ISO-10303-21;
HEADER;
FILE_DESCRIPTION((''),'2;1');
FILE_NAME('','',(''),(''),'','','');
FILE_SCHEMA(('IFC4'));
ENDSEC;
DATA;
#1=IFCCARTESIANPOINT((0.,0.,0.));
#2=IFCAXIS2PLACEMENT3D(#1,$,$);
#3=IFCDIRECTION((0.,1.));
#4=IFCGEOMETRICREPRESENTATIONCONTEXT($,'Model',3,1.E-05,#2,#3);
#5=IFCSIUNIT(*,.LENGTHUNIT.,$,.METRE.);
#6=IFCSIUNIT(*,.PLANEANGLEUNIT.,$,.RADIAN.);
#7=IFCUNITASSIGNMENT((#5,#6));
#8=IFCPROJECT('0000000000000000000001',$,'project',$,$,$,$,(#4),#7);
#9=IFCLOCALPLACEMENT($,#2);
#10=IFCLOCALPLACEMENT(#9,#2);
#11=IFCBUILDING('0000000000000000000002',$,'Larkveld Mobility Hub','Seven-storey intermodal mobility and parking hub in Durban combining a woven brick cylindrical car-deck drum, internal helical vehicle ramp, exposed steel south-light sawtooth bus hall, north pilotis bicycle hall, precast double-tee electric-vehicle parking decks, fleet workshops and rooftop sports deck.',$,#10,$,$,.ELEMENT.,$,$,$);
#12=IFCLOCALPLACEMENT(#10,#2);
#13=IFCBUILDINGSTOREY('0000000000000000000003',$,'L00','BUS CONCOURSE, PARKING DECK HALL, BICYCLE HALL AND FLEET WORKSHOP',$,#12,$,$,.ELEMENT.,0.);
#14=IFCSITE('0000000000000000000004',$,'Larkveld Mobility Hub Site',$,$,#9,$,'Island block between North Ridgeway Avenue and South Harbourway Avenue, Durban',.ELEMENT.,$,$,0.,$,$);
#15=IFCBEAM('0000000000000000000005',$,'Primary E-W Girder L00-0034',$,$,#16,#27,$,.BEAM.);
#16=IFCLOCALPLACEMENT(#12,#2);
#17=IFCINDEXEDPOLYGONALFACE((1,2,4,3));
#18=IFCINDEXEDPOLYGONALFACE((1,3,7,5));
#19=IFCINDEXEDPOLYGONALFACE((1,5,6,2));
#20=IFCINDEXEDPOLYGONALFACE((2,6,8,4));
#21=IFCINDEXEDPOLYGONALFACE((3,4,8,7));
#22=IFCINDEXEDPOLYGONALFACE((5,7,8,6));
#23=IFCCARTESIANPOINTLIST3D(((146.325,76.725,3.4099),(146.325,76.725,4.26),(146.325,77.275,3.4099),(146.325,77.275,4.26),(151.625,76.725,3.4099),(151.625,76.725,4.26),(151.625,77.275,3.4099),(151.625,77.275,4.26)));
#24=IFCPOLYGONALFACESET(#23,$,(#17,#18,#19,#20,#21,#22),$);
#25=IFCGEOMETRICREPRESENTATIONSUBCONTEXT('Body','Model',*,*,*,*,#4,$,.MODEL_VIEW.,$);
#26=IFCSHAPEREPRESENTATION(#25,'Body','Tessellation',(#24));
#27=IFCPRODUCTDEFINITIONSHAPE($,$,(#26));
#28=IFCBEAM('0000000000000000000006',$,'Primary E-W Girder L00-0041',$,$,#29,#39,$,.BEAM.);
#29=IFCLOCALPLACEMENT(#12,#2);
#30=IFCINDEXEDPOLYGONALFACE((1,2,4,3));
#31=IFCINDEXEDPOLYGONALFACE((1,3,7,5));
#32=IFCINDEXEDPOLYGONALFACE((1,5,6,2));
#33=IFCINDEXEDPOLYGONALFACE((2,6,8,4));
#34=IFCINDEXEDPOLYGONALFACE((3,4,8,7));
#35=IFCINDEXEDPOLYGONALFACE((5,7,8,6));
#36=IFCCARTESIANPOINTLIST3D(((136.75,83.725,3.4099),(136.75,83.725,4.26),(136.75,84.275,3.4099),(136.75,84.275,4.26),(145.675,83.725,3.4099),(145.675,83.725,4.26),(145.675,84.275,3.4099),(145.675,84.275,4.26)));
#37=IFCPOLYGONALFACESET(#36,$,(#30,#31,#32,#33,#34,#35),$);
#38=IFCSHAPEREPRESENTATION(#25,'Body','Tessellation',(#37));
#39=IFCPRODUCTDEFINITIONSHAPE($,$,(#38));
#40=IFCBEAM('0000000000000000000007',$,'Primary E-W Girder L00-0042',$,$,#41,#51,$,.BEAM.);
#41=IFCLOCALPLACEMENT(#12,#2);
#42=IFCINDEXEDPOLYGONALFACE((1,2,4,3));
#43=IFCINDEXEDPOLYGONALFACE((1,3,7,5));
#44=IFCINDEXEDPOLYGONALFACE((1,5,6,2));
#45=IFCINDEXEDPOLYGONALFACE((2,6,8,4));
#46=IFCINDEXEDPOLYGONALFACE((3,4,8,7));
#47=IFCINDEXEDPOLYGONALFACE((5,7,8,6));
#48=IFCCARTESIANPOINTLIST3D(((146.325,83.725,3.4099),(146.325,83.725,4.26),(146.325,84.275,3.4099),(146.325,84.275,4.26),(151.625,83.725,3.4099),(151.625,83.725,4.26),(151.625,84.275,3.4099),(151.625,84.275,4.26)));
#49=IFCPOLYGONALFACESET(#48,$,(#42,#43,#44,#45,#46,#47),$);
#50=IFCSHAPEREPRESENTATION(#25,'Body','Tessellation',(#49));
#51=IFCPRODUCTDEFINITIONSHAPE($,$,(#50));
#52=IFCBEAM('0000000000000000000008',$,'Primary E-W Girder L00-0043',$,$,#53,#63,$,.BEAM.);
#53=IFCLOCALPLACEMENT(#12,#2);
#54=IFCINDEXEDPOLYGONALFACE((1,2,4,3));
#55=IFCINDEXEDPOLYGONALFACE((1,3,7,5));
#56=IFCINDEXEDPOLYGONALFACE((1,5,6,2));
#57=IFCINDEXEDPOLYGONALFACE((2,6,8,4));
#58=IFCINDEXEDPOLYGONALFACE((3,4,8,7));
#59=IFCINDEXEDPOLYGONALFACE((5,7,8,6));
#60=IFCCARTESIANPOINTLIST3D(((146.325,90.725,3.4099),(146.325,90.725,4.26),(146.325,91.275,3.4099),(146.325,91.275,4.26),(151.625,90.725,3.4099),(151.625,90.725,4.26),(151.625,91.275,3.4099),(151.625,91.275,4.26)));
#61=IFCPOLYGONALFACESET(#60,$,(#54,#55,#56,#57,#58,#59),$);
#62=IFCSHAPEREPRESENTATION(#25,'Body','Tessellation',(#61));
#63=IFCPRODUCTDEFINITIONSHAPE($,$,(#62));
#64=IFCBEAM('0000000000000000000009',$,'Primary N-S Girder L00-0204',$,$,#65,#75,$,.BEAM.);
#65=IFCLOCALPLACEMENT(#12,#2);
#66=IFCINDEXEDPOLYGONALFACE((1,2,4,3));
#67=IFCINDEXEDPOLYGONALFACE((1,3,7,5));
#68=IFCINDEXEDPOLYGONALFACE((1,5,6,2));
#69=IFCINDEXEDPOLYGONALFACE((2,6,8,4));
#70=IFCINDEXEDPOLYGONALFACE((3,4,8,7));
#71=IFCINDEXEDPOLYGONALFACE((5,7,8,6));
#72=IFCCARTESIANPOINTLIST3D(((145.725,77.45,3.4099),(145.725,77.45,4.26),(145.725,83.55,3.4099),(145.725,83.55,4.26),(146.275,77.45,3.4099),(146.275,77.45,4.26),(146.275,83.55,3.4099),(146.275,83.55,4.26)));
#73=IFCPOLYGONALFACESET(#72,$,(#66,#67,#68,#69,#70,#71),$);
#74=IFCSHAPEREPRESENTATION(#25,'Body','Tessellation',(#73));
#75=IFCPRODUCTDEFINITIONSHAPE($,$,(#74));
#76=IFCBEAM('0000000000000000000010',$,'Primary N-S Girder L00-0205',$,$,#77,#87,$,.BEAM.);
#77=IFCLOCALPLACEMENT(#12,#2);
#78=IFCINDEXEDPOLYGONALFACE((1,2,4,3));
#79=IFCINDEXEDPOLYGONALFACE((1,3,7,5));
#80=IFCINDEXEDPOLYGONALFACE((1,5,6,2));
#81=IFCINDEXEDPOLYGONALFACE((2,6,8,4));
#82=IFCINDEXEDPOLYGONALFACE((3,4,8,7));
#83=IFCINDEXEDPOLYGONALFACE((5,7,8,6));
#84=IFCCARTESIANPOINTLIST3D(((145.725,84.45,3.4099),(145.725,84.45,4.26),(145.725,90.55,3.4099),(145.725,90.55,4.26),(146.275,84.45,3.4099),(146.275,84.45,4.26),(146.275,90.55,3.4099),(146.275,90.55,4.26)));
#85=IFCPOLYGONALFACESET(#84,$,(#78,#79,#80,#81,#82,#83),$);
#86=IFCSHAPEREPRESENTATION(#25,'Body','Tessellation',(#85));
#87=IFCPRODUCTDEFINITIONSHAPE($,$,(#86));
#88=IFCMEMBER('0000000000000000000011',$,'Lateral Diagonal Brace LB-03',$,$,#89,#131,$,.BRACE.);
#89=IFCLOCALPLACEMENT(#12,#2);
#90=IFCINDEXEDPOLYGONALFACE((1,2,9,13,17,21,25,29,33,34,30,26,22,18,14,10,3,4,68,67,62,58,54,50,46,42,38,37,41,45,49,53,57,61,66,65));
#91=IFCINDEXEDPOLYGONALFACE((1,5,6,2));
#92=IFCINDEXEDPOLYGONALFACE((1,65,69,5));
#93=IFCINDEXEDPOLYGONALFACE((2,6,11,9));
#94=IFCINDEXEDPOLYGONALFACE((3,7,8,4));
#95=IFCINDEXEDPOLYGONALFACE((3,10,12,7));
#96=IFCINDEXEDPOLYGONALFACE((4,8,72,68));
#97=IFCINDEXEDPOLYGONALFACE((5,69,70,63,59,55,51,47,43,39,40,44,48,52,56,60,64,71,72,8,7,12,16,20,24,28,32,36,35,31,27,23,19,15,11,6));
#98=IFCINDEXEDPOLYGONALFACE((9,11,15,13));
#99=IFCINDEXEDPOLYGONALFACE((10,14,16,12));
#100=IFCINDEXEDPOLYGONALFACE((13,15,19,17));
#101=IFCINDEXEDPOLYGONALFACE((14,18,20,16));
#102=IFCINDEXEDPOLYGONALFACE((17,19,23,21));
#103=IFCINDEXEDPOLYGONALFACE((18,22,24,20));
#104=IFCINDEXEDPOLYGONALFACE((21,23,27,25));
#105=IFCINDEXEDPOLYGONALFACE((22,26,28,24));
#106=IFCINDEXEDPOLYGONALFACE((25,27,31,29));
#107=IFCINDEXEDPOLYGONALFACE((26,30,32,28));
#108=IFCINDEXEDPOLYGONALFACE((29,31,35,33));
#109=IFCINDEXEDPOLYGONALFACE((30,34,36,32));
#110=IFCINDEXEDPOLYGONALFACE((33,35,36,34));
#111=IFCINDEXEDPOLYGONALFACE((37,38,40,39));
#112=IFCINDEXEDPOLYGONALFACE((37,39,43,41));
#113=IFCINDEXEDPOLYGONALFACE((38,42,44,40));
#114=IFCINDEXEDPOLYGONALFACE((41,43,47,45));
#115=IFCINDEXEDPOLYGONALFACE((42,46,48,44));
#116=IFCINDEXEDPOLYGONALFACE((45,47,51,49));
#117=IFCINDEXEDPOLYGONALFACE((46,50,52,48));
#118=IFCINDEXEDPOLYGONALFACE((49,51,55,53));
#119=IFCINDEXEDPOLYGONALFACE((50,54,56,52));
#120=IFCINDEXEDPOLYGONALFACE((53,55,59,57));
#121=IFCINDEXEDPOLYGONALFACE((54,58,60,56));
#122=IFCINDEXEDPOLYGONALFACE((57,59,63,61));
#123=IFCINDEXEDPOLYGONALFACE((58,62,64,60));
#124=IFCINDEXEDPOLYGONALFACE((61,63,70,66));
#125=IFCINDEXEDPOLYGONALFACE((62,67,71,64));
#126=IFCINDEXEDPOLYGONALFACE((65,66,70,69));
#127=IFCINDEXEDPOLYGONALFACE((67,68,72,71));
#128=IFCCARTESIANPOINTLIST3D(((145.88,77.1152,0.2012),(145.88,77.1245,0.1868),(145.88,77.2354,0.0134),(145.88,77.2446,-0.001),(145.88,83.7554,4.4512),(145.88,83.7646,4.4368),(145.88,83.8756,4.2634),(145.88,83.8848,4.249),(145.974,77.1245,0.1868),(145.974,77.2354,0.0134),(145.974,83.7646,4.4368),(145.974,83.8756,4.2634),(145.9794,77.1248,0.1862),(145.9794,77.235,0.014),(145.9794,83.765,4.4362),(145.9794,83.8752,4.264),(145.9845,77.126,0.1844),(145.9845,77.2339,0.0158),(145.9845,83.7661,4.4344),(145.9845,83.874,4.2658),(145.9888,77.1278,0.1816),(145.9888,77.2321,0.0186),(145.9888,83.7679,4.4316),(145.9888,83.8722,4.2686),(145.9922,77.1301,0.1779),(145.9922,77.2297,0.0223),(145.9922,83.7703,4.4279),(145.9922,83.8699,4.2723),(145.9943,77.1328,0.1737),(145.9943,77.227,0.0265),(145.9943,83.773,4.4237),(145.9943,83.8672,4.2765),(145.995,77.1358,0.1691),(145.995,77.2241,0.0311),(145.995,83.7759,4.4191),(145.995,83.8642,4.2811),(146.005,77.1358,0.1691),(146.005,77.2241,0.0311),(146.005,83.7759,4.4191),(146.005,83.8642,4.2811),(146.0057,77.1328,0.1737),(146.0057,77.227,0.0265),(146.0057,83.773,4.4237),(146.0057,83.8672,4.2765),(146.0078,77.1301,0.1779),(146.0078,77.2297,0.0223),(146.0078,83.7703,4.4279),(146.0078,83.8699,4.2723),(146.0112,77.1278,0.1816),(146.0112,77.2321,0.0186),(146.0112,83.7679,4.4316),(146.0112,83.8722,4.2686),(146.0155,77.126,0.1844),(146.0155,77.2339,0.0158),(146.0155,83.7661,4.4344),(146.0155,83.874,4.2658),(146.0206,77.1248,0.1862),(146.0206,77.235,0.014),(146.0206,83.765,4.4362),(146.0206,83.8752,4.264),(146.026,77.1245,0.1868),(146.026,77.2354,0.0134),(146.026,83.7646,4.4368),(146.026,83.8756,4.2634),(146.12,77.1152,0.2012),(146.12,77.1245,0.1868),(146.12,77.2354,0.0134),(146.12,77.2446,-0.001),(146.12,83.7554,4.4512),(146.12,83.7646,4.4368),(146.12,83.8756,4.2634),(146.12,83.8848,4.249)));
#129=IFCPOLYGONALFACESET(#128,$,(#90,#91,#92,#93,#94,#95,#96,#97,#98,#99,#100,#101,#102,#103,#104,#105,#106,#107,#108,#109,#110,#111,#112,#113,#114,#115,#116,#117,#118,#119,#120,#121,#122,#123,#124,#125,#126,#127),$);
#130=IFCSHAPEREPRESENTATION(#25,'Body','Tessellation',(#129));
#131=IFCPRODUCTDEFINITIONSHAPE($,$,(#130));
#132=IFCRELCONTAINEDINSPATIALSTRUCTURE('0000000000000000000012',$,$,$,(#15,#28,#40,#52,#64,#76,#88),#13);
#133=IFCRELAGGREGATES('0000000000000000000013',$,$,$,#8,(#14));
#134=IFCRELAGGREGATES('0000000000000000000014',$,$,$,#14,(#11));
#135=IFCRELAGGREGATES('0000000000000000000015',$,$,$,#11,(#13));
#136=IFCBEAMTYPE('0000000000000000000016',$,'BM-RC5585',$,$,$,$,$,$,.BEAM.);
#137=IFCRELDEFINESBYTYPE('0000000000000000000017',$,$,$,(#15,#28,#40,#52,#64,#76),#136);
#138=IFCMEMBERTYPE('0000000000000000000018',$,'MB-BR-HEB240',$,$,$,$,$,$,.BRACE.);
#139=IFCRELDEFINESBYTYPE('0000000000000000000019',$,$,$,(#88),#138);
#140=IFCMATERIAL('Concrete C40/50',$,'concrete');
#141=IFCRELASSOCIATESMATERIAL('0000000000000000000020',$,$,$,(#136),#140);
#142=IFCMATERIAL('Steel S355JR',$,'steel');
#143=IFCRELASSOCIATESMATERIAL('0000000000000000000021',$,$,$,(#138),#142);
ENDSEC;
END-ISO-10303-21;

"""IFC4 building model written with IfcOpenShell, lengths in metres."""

from ifc_helpers import new_model, si_unit, direction, frame, origin, origin_2d, place, context, subcontext, project, spatial, rectangle, i_section, extrude, material, material_profile, profile_set, type_object, element, save


model = new_model("IFC4")

# Units and contexts
model_context = context("Model", 3, precision=1e-05, world=origin(), true_north=direction((0.0, 1.0)))
body_context = subcontext(model_context, "Body", "Model", "MODEL_VIEW")
ifc_project = project(units=[si_unit("LENGTHUNIT", "METRE"), si_unit("PLANEANGLEUNIT", "RADIAN")], contexts=[model_context])

# Site, building, storey
site_placement = place(None, origin())
site = spatial("IfcSite", under=ifc_project, at=site_placement, Name="Larkveld Mobility Hub Site", LongName="Island block between North Ridgeway Avenue and South Harbourway Avenue, Durban", CompositionType="ELEMENT", RefElevation=0.0)
building_placement = place(site_placement, origin())
building = spatial("IfcBuilding", under=site, at=building_placement, Name="Larkveld Mobility Hub", Description="Seven-storey intermodal mobility and parking hub in Durban combining a woven brick cylindrical car-deck drum, internal helical vehicle ramp, exposed steel south-light sawtooth bus hall, north pilotis bicycle hall, precast double-tee electric-vehicle parking decks, fleet workshops and rooftop sports deck.", CompositionType="ELEMENT")
storey_placement = place(building_placement, origin())
storey = spatial("IfcBuildingStorey", under=building, at=storey_placement, Name="L00", Description="BUS CONCOURSE, PARKING DECK HALL, BICYCLE HALL AND FLEET WORKSHOP", CompositionType="ELEMENT", Elevation=0.0)

# Beams
ifc_material_1 = material(Name="Concrete C40/50", Category="concrete")
ifc_material_profile_1 = material_profile(ifc_material_1, rectangle(XDim=0.55, YDim=0.8501, at=origin_2d()), Name="RC BM 550x850")
ifc_profile_set_1 = profile_set([ifc_material_profile_1], Name="Concrete C40/50")
beam_type_1 = type_object("IfcBeamType", Name="BM-RC5585", PredefinedType="BEAM", material=ifc_profile_set_1)
beam_1_placement = place(storey_placement, frame((146.325, 77.0, 3.835), z_axis=(1.0, 0.0, 0.0), x_axis=(0.0, 1.0, 0.0)))
element("IfcBeam", 1, at=beam_1_placement, inside=storey, type_object=beam_type_1, Name="Primary E-W Girder L00-0034", PredefinedType="BEAM", context=body_context, shape_type="SweptSolid", body=[
    extrude(rectangle(XDim=0.55, YDim=0.8501, at=origin_2d()), origin(), (0.0, 0.0, 1.0), 5.3),
])
beam_2_placement = place(storey_placement, frame((136.75, 84.0, 3.835), z_axis=(1.0, 0.0, 0.0), x_axis=(0.0, 1.0, 0.0)))
element("IfcBeam", 2, at=beam_2_placement, inside=storey, type_object=beam_type_1, Name="Primary E-W Girder L00-0041", PredefinedType="BEAM", context=body_context, shape_type="SweptSolid", body=[
    extrude(rectangle(XDim=0.55, YDim=0.8501, at=origin_2d()), origin(), (0.0, 0.0, 1.0), 8.925),
])
for number, where, z_axis, x_axis, name in (
    (3, (146.325, 84.0, 3.835), (1.0, 0.0, 0.0), (0.0, 1.0, 0.0), "Primary E-W Girder L00-0042"),
    (4, (146.325, 91.0, 3.835), (1.0, 0.0, 0.0), (0.0, 1.0, 0.0), "Primary E-W Girder L00-0043"),
):
    element("IfcBeam", number, at=place(storey_placement, frame(where, z_axis=z_axis, x_axis=x_axis)), inside=storey, type_object=beam_type_1, Name=name, PredefinedType="BEAM", context=body_context, shape_type="SweptSolid", body=[
        extrude(rectangle(XDim=0.55, YDim=0.8501, at=origin_2d()), origin(), (0.0, 0.0, 1.0), 5.3),
    ])
for number, where, z_axis, x_axis, name in (
    (5, (146.0, 77.45, 3.835), (0.0, 1.0, 0.0), (-1.0, 0.0, 0.0), "Primary N-S Girder L00-0204"),
    (6, (146.0, 84.45, 3.835), (0.0, 1.0, 0.0), (-1.0, 0.0, 0.0), "Primary N-S Girder L00-0205"),
):
    element("IfcBeam", number, at=place(storey_placement, frame(where, z_axis=z_axis, x_axis=x_axis)), inside=storey, type_object=beam_type_1, Name=name, PredefinedType="BEAM", context=body_context, shape_type="SweptSolid", body=[
        extrude(rectangle(XDim=0.55, YDim=0.8501, at=origin_2d()), origin(), (0.0, 0.0, 1.0), 6.1001),
    ])

# Member
ifc_material_2 = material(Name="Steel S355JR", Category="steel")
ifc_material_profile_2 = material_profile(ifc_material_2, i_section(OverallWidth=0.24, OverallDepth=0.24, WebThickness=0.01, FlangeThickness=0.0171, FilletRadius=0.021, at=origin_2d()), Name="HEB 240")
ifc_profile_set_2 = profile_set([ifc_material_profile_2], Name="Steel S355JR")
member_type = type_object("IfcMemberType", Name="MB-BR-HEB240", PredefinedType="BRACE", material=ifc_profile_set_2)
member_placement = place(storey_placement, frame((146.0, 77.1799, 0.1001), z_axis=(0.0, 0.842253, 0.539082), x_axis=(-1.0, 0.0, 0.0)))
element("IfcMember", 7, at=member_placement, inside=storey, type_object=member_type, Name="Lateral Diagonal Brace LB-03", PredefinedType="BRACE", context=body_context, shape_type="SweptSolid", body=[
    extrude(i_section(OverallWidth=0.24, OverallDepth=0.24, WebThickness=0.01, FlangeThickness=0.0171, FilletRadius=0.021, at=origin_2d()), origin(), (0.0, 0.0, 1.0), 7.8838),
])

save(model, "model.ifc")
